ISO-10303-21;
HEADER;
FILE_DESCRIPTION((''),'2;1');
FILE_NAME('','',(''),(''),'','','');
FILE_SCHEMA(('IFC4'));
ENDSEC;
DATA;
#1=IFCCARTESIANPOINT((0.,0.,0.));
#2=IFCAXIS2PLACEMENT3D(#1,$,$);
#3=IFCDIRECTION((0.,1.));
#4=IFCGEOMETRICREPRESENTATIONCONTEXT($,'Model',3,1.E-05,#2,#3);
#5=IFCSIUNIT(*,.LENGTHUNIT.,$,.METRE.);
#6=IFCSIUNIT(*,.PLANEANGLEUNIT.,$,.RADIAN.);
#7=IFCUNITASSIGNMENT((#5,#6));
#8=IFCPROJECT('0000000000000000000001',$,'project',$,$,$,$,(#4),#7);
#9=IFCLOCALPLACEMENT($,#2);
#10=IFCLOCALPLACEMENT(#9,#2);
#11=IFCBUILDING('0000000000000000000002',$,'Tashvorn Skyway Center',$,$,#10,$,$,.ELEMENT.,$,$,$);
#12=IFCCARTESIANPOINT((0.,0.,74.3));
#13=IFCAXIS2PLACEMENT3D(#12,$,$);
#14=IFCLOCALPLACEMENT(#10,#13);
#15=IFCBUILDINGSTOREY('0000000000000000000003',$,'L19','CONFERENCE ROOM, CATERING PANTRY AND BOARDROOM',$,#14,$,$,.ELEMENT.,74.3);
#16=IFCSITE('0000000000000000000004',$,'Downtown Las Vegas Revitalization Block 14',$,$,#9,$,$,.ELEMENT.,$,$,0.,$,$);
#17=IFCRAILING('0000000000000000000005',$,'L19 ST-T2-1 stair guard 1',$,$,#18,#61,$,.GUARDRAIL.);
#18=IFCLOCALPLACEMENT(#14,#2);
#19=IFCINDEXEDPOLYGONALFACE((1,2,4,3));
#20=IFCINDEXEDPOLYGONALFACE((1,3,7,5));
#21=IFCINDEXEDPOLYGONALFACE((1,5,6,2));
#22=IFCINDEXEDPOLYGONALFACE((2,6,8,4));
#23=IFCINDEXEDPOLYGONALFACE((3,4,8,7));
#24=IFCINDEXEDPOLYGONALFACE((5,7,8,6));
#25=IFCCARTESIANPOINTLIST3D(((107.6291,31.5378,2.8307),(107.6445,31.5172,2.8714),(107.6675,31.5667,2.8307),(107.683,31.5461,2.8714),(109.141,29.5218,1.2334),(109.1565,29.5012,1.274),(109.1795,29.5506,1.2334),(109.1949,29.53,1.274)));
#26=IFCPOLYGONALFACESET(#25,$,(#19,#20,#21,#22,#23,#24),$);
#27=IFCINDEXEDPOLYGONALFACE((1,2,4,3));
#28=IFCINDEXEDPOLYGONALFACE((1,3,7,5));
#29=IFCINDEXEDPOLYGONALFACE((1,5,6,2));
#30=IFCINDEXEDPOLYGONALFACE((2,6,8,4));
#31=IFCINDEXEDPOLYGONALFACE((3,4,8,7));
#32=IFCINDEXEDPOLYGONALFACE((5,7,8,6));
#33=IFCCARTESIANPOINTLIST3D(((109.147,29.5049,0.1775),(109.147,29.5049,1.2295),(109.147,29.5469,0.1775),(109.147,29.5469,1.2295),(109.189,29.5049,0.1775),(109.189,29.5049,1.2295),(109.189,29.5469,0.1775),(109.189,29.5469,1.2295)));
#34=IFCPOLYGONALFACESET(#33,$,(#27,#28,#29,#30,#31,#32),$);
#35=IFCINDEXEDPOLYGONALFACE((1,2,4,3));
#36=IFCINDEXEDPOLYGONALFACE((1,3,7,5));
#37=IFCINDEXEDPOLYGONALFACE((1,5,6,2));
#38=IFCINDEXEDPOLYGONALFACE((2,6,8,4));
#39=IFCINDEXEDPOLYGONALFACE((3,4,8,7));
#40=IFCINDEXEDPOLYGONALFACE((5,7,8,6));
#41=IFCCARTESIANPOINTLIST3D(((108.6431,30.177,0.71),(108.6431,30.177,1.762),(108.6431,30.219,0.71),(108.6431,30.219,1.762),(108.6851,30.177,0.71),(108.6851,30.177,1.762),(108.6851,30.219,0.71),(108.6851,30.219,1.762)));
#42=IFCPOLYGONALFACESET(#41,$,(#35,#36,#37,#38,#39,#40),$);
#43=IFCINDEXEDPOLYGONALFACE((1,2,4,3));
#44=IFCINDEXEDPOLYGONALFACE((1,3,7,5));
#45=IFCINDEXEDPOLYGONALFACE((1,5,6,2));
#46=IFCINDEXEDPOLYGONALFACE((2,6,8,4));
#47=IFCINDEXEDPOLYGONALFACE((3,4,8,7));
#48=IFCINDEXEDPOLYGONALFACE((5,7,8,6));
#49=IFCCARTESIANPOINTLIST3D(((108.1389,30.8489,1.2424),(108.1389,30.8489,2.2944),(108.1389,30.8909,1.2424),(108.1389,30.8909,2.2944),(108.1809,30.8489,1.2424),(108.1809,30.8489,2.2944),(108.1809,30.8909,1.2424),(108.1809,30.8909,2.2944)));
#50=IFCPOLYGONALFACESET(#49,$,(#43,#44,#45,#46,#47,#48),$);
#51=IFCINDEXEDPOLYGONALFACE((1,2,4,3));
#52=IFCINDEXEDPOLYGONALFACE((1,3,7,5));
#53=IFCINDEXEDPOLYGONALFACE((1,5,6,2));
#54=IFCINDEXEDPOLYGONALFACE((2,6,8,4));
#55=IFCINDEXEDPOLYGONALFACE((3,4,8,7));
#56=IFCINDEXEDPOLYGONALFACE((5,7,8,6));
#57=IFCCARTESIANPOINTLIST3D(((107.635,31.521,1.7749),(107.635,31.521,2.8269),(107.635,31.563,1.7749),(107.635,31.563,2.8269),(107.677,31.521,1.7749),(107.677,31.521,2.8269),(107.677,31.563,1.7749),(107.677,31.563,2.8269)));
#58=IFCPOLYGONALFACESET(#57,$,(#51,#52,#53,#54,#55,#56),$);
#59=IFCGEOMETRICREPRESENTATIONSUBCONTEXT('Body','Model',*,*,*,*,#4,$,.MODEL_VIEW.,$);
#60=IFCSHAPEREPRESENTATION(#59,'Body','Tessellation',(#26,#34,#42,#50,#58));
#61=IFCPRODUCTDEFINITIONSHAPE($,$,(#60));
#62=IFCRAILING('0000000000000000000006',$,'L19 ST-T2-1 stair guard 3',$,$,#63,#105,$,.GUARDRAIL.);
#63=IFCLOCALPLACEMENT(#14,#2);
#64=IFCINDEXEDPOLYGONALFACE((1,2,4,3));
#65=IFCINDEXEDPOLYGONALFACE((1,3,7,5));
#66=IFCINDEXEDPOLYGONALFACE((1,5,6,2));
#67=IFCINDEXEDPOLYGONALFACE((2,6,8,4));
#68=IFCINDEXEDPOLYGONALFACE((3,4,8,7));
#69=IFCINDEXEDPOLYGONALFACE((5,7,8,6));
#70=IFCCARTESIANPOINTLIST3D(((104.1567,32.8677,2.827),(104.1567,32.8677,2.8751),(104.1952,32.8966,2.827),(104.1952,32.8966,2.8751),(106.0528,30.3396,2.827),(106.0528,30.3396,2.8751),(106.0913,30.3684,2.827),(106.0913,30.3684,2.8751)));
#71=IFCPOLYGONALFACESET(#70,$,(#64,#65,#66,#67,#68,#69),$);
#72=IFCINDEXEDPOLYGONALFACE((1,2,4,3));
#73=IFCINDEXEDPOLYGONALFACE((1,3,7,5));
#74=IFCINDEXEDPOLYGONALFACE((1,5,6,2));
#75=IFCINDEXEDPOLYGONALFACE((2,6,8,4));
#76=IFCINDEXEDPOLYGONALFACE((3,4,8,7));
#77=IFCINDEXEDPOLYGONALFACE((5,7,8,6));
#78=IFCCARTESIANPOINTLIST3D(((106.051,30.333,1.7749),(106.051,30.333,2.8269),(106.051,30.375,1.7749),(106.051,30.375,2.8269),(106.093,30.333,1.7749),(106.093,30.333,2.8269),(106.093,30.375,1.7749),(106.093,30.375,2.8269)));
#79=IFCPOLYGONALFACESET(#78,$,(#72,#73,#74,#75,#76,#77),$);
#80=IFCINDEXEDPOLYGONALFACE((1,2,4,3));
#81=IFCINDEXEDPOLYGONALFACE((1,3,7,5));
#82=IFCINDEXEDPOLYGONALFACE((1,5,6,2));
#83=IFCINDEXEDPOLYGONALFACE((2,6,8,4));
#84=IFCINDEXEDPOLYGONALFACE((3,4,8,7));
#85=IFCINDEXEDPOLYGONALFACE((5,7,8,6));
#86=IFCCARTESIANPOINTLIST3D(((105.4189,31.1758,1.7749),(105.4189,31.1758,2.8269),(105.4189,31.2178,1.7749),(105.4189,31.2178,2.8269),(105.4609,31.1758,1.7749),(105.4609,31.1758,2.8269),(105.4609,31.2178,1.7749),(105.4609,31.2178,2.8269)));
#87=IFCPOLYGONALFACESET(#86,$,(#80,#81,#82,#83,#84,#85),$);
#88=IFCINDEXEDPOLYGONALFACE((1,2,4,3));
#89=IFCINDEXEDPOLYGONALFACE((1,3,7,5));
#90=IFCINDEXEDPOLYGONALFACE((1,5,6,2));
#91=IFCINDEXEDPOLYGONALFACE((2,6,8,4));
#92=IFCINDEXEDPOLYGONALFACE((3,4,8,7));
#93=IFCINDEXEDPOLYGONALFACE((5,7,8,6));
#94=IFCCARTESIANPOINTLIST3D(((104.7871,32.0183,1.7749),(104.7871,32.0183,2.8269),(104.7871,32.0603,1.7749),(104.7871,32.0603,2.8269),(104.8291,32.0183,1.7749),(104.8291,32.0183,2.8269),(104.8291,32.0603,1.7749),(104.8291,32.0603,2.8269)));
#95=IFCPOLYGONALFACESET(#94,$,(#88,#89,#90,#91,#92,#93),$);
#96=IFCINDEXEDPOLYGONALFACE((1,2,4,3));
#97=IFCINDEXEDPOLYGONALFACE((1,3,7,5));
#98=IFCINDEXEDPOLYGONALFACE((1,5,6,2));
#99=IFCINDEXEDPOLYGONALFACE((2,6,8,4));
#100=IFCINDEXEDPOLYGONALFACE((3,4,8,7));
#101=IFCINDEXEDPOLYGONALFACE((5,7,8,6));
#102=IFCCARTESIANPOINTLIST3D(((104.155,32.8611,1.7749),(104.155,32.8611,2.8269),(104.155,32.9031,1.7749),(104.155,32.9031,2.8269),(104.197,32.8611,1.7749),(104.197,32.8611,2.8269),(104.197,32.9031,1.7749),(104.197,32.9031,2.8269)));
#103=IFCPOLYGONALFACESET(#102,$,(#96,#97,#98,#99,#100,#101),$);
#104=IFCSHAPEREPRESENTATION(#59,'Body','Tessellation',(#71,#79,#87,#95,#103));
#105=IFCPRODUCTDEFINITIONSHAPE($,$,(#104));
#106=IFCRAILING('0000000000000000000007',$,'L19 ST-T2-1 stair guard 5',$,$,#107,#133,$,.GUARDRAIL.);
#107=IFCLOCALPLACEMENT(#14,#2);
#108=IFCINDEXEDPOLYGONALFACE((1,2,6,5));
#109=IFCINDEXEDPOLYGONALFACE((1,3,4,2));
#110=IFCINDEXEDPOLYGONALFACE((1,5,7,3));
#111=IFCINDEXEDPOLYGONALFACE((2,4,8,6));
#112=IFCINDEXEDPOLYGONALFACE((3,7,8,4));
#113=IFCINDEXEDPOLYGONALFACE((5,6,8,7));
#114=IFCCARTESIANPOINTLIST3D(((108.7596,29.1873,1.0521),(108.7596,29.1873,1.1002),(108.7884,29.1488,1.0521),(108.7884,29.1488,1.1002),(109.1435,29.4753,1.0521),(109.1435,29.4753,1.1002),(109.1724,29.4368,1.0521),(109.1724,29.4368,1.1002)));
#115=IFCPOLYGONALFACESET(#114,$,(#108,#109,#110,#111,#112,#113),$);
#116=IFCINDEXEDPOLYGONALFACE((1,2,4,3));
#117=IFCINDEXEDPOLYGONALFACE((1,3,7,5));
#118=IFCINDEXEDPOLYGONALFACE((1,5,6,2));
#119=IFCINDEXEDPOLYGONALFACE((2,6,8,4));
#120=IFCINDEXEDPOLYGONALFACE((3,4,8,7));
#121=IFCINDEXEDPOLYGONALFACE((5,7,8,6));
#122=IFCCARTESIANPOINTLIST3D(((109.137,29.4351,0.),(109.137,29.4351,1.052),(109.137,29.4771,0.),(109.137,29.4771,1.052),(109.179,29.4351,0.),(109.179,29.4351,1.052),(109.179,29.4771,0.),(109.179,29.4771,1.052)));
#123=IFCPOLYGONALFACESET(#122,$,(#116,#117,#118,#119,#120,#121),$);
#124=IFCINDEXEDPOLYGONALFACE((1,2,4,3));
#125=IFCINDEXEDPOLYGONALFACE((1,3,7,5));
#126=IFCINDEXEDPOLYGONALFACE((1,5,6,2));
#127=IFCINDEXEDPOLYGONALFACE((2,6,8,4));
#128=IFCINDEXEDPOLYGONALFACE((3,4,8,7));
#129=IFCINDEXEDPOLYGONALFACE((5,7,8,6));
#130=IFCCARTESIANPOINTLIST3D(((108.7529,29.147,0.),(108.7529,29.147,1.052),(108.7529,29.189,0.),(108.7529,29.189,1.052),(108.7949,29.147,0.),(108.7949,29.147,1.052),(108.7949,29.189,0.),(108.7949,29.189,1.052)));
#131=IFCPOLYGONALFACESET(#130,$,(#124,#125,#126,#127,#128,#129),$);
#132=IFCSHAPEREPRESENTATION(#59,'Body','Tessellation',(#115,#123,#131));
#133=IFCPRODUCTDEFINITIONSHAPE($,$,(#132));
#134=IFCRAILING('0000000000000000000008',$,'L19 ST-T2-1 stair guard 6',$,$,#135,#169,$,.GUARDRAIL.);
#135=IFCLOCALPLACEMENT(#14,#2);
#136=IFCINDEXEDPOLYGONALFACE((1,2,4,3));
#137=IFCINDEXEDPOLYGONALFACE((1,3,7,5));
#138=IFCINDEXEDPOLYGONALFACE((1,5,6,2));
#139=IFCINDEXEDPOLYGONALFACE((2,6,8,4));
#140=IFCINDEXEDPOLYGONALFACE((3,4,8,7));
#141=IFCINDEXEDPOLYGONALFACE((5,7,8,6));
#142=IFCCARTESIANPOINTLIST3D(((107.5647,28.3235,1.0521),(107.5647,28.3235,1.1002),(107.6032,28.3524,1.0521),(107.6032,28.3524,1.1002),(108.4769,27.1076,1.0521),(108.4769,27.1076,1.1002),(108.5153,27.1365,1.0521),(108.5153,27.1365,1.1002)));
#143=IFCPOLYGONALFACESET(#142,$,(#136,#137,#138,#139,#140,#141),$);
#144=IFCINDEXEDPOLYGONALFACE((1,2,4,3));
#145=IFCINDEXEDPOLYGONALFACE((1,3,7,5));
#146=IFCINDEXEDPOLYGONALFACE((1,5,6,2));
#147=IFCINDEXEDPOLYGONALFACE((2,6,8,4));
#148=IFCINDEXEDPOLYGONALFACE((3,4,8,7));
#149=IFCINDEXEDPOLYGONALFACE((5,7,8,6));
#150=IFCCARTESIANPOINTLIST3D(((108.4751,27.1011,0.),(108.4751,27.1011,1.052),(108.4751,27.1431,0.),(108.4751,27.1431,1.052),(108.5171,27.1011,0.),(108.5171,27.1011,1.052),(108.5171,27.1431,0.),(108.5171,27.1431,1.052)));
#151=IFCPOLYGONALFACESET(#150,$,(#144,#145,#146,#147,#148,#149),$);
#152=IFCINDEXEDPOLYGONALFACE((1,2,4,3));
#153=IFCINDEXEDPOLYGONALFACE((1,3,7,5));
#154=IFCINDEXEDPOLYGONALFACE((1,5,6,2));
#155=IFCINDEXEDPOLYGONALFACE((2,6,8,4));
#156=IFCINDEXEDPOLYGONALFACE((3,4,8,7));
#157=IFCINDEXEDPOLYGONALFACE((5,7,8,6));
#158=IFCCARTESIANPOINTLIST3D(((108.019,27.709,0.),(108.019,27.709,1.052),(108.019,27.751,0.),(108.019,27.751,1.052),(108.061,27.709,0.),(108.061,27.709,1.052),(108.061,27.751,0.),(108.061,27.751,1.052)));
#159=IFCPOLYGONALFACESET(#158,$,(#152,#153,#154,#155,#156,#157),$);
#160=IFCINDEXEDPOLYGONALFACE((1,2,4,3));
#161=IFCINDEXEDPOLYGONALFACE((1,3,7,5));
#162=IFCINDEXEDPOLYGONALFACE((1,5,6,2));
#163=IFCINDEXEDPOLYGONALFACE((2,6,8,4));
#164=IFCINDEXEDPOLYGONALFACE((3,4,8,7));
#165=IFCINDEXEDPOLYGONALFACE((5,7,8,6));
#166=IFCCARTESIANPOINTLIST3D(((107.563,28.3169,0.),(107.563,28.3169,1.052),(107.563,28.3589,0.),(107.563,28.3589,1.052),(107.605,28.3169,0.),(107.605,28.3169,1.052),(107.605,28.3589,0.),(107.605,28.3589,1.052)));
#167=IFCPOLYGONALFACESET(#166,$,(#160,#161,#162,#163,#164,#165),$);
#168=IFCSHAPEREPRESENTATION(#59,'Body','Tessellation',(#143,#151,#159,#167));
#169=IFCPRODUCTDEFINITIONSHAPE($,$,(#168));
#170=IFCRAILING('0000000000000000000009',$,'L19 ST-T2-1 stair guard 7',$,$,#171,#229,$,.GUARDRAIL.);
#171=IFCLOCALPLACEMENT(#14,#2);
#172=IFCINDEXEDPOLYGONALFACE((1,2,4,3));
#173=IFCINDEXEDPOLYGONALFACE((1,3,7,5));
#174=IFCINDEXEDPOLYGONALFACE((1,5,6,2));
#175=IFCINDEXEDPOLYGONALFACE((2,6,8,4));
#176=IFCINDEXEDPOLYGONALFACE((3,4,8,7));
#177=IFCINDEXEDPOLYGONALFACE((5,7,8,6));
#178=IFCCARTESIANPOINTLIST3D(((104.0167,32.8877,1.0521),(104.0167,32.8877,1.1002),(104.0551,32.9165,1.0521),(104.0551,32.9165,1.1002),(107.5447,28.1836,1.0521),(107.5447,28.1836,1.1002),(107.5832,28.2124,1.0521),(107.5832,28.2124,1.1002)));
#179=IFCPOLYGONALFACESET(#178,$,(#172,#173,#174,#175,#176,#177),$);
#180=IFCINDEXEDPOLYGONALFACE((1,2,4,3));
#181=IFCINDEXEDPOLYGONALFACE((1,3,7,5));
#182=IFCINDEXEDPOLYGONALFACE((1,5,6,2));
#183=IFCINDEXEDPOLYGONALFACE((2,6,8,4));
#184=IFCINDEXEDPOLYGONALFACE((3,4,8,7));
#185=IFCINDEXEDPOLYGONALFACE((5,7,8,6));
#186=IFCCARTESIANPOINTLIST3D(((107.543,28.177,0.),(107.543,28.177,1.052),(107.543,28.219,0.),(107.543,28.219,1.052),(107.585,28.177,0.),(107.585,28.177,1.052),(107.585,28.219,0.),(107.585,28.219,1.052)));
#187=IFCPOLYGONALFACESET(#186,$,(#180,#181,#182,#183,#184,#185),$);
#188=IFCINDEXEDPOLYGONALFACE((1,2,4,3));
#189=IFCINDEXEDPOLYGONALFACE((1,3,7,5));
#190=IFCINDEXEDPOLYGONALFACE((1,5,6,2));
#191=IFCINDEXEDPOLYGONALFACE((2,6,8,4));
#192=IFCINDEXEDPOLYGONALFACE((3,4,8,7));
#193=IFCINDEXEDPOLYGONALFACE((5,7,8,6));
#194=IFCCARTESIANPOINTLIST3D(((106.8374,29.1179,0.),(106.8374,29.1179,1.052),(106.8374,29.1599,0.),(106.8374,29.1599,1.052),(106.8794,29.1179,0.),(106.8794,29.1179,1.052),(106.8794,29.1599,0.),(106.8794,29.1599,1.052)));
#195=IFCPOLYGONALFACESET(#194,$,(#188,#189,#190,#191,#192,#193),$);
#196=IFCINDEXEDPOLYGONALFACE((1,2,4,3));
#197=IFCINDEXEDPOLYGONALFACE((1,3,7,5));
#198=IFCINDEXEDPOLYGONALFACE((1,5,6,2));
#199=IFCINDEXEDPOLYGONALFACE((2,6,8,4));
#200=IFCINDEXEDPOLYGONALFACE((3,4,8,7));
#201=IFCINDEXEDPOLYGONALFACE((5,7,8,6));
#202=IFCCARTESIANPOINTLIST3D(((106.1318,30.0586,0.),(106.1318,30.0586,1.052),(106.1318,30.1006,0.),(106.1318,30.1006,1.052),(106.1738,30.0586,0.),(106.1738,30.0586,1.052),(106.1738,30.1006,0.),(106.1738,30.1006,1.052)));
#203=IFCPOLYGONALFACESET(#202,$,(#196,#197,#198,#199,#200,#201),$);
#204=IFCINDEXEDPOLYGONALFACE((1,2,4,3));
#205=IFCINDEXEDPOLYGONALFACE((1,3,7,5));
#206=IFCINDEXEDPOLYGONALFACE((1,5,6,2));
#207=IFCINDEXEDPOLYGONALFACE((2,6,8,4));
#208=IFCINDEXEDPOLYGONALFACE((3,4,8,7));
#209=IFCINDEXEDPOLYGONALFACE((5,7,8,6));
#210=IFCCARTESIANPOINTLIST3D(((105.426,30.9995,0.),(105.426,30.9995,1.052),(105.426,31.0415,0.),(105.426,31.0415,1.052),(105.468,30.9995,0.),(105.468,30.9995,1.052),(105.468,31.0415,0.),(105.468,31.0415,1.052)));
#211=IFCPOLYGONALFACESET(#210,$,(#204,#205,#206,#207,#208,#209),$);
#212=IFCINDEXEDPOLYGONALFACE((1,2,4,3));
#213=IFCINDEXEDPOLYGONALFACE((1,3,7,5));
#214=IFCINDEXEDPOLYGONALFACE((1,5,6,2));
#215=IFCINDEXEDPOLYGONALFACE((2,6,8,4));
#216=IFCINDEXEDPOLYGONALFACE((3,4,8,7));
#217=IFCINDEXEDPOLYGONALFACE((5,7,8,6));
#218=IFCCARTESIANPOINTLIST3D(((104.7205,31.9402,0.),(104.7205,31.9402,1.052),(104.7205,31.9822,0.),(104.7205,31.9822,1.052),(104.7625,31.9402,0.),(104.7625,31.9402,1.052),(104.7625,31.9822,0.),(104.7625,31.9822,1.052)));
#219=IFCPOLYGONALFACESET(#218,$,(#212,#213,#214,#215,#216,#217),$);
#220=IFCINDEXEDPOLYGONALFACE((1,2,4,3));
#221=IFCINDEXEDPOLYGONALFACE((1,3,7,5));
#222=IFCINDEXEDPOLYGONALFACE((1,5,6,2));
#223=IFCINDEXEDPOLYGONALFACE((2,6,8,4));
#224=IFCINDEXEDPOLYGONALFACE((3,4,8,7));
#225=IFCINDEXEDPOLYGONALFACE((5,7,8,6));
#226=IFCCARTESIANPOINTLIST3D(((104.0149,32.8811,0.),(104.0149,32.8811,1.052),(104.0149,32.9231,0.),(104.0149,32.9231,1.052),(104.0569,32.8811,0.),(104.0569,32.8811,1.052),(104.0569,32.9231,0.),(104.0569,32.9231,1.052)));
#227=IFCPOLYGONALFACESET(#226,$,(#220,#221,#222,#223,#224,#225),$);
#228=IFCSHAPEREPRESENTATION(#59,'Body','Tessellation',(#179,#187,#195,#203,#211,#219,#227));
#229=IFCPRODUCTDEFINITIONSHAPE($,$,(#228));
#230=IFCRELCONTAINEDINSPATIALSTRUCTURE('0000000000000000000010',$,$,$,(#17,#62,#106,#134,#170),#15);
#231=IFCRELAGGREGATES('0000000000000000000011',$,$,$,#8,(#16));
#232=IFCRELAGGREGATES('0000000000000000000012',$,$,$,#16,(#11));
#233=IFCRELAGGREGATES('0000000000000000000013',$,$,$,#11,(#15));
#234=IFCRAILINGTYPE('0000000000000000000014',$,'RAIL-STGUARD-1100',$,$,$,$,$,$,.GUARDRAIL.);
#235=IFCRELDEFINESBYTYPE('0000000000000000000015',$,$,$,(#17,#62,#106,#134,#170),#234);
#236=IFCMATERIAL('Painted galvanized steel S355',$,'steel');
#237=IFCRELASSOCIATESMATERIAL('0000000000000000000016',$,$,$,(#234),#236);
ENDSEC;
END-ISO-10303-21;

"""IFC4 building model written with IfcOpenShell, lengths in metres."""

from ifc_helpers import new_model, si_unit, direction, frame, origin, origin_2d, place, context, subcontext, project, spatial, rectangle, extrude, material, type_object, element, save


model = new_model("IFC4")

# Units and contexts
model_context = context("Model", 3, precision=1e-05, world=origin(), true_north=direction((0.0, 1.0)))
body_context = subcontext(model_context, "Body", "Model", "MODEL_VIEW")
ifc_project = project(units=[si_unit("LENGTHUNIT", "METRE"), si_unit("PLANEANGLEUNIT", "RADIAN")], contexts=[model_context])

# Site, building, storey
site_placement = place(None, origin())
site = spatial("IfcSite", under=ifc_project, at=site_placement, Name="Downtown Las Vegas Revitalization Block 14", CompositionType="ELEMENT", RefElevation=0.0)
building_placement = place(site_placement, origin())
building = spatial("IfcBuilding", under=site, at=building_placement, Name="Tashvorn Skyway Center", CompositionType="ELEMENT")
storey_placement = place(building_placement, frame((0.0, 0.0, 74.3)))
storey = spatial("IfcBuildingStorey", under=building, at=storey_placement, Name="L19", Description="CONFERENCE ROOM, CATERING PANTRY AND BOARDROOM", CompositionType="ELEMENT", Elevation=74.3)

# Railings
ifc_material_1 = material(Name="Painted galvanized steel S355", Category="steel")
railing_type_1 = type_object("IfcRailingType", Name="RAIL-STGUARD-1100", PredefinedType="GUARDRAIL", material=ifc_material_1)
railing_1_placement = place(storey_placement, frame((109.168, 29.5259, 0.1775)))
element("IfcRailing", 1, at=railing_1_placement, inside=storey, type_object=railing_type_1, Name="L19 ST-T2-1 stair guard 1", PredefinedType="GUARDRAIL", context=body_context, shape_type="SweptSolid", body=[
    extrude(rectangle(XDim=0.0481, YDim=0.0481, at=origin_2d()), frame((0.0, 0.0, 1.0762), z_axis=(-0.506741, 0.675709, 0.535379), x_axis=(-0.800023, -0.599969, 0.0)), (0.0, 0.0, 1.0), 2.9836),
    extrude(rectangle(XDim=0.042, YDim=0.042, at=origin_2d()), origin(), (0.0, 0.0, 1.0), 1.052),
    extrude(rectangle(XDim=0.042, YDim=0.042, at=origin_2d()), frame((-0.5039, 0.6721, 0.5325)), (0.0, 0.0, 1.0), 1.052),
    extrude(rectangle(XDim=0.042, YDim=0.042, at=origin_2d()), frame((-1.0081, 1.344, 1.0649)), (0.0, 0.0, 1.0), 1.052),
    extrude(rectangle(XDim=0.042, YDim=0.042, at=origin_2d()), frame((-1.512, 2.0161, 1.5974)), (0.0, 0.0, 1.0), 1.052),
])
railing_2_placement = place(storey_placement, frame((106.072, 30.354, 1.7749)))
element("IfcRailing", 2, at=railing_2_placement, inside=storey, type_object=railing_type_1, Name="L19 ST-T2-1 stair guard 3", PredefinedType="GUARDRAIL", context=body_context, shape_type="SweptSolid", body=[
    extrude(rectangle(XDim=0.0481, YDim=0.0481, at=origin_2d()), frame((0.0, 0.0, 1.0762), z_axis=(-0.599988, 0.800009, 0.0), x_axis=(-0.800009, -0.599988, 0.0)), (0.0, 0.0, 1.0), 3.1602),
    extrude(rectangle(XDim=0.042, YDim=0.042, at=origin_2d()), origin(), (0.0, 0.0, 1.0), 1.052),
    extrude(rectangle(XDim=0.042, YDim=0.042, at=origin_2d()), frame((-0.6321, 0.8428, 0.0)), (0.0, 0.0, 1.0), 1.052),
    extrude(rectangle(XDim=0.042, YDim=0.042, at=origin_2d()), frame((-1.2639, 1.6853, 0.0)), (0.0, 0.0, 1.0), 1.052),
    extrude(rectangle(XDim=0.042, YDim=0.042, at=origin_2d()), frame((-1.896, 2.5281, 0.0)), (0.0, 0.0, 1.0), 1.052),
])
railing_3_placement = place(storey_placement, frame((109.158, 29.4561, 0.0)))
element("IfcRailing", 3, at=railing_3_placement, inside=storey, type_object=railing_type_1, Name="L19 ST-T2-1 stair guard 5", PredefinedType="GUARDRAIL", context=body_context, shape_type="SweptSolid", body=[
    extrude(rectangle(XDim=0.0481, YDim=0.0481, at=origin_2d()), frame((0.0, 0.0, 1.0762), z_axis=(-0.799939, -0.600081, 0.0), x_axis=(0.600081, -0.799939, 0.0)), (0.0, 0.0, 1.0), 0.48),
    extrude(rectangle(XDim=0.042, YDim=0.042, at=origin_2d()), origin(), (0.0, 0.0, 1.0), 1.052),
    extrude(rectangle(XDim=0.042, YDim=0.042, at=origin_2d()), frame((-0.384, -0.2881, 0.0)), (0.0, 0.0, 1.0), 1.052),
])
railing_4_placement = place(storey_placement, frame((108.4961, 27.1221, 0.0)))
element("IfcRailing", 4, at=railing_4_placement, inside=storey, type_object=railing_type_1, Name="L19 ST-T2-1 stair guard 6", PredefinedType="GUARDRAIL", context=body_context, shape_type="SweptSolid", body=[
    extrude(rectangle(XDim=0.0481, YDim=0.0481, at=origin_2d()), frame((0.0, 0.0, 1.0762), z_axis=(-0.600103, 0.799923, 0.0), x_axis=(-0.799923, -0.600103, 0.0)), (0.0, 0.0, 1.0), 1.52),
    extrude(rectangle(XDim=0.042, YDim=0.042, at=origin_2d()), origin(), (0.0, 0.0, 1.0), 1.052),
    extrude(rectangle(XDim=0.042, YDim=0.042, at=origin_2d()), frame((-0.4561, 0.6079, 0.0)), (0.0, 0.0, 1.0), 1.052),
    extrude(rectangle(XDim=0.042, YDim=0.042, at=origin_2d()), frame((-0.9121, 1.2158, 0.0)), (0.0, 0.0, 1.0), 1.052),
])
railing_5_placement = place(storey_placement, frame((107.564, 28.198, 0.0)))
element("IfcRailing", 5, at=railing_5_placement, inside=storey, type_object=railing_type_1, Name="L19 ST-T2-1 stair guard 7", PredefinedType="GUARDRAIL", context=body_context, shape_type="SweptSolid", body=[
    extrude(rectangle(XDim=0.0481, YDim=0.0481, at=origin_2d()), frame((0.0, 0.0, 1.0762), z_axis=(-0.6, 0.8, 0.0), x_axis=(-0.8, -0.6, 0.0)), (0.0, 0.0, 1.0), 5.8801),
    extrude(rectangle(XDim=0.042, YDim=0.042, at=origin_2d()), origin(), (0.0, 0.0, 1.0), 1.052),
    extrude(rectangle(XDim=0.042, YDim=0.042, at=origin_2d()), frame((-0.7056, 0.9409, 0.0)), (0.0, 0.0, 1.0), 1.052),
    extrude(rectangle(XDim=0.042, YDim=0.042, at=origin_2d()), frame((-1.4111, 1.8816, 0.0)), (0.0, 0.0, 1.0), 1.052),
    extrude(rectangle(XDim=0.042, YDim=0.042, at=origin_2d()), frame((-2.1169, 2.8225, 0.0)), (0.0, 0.0, 1.0), 1.052),
    extrude(rectangle(XDim=0.042, YDim=0.042, at=origin_2d()), frame((-2.8225, 3.7632, 0.0)), (0.0, 0.0, 1.0), 1.052),
    extrude(rectangle(XDim=0.042, YDim=0.042, at=origin_2d()), frame((-3.5281, 4.7041, 0.0)), (0.0, 0.0, 1.0), 1.052),
])

save(model, "model.ifc")
